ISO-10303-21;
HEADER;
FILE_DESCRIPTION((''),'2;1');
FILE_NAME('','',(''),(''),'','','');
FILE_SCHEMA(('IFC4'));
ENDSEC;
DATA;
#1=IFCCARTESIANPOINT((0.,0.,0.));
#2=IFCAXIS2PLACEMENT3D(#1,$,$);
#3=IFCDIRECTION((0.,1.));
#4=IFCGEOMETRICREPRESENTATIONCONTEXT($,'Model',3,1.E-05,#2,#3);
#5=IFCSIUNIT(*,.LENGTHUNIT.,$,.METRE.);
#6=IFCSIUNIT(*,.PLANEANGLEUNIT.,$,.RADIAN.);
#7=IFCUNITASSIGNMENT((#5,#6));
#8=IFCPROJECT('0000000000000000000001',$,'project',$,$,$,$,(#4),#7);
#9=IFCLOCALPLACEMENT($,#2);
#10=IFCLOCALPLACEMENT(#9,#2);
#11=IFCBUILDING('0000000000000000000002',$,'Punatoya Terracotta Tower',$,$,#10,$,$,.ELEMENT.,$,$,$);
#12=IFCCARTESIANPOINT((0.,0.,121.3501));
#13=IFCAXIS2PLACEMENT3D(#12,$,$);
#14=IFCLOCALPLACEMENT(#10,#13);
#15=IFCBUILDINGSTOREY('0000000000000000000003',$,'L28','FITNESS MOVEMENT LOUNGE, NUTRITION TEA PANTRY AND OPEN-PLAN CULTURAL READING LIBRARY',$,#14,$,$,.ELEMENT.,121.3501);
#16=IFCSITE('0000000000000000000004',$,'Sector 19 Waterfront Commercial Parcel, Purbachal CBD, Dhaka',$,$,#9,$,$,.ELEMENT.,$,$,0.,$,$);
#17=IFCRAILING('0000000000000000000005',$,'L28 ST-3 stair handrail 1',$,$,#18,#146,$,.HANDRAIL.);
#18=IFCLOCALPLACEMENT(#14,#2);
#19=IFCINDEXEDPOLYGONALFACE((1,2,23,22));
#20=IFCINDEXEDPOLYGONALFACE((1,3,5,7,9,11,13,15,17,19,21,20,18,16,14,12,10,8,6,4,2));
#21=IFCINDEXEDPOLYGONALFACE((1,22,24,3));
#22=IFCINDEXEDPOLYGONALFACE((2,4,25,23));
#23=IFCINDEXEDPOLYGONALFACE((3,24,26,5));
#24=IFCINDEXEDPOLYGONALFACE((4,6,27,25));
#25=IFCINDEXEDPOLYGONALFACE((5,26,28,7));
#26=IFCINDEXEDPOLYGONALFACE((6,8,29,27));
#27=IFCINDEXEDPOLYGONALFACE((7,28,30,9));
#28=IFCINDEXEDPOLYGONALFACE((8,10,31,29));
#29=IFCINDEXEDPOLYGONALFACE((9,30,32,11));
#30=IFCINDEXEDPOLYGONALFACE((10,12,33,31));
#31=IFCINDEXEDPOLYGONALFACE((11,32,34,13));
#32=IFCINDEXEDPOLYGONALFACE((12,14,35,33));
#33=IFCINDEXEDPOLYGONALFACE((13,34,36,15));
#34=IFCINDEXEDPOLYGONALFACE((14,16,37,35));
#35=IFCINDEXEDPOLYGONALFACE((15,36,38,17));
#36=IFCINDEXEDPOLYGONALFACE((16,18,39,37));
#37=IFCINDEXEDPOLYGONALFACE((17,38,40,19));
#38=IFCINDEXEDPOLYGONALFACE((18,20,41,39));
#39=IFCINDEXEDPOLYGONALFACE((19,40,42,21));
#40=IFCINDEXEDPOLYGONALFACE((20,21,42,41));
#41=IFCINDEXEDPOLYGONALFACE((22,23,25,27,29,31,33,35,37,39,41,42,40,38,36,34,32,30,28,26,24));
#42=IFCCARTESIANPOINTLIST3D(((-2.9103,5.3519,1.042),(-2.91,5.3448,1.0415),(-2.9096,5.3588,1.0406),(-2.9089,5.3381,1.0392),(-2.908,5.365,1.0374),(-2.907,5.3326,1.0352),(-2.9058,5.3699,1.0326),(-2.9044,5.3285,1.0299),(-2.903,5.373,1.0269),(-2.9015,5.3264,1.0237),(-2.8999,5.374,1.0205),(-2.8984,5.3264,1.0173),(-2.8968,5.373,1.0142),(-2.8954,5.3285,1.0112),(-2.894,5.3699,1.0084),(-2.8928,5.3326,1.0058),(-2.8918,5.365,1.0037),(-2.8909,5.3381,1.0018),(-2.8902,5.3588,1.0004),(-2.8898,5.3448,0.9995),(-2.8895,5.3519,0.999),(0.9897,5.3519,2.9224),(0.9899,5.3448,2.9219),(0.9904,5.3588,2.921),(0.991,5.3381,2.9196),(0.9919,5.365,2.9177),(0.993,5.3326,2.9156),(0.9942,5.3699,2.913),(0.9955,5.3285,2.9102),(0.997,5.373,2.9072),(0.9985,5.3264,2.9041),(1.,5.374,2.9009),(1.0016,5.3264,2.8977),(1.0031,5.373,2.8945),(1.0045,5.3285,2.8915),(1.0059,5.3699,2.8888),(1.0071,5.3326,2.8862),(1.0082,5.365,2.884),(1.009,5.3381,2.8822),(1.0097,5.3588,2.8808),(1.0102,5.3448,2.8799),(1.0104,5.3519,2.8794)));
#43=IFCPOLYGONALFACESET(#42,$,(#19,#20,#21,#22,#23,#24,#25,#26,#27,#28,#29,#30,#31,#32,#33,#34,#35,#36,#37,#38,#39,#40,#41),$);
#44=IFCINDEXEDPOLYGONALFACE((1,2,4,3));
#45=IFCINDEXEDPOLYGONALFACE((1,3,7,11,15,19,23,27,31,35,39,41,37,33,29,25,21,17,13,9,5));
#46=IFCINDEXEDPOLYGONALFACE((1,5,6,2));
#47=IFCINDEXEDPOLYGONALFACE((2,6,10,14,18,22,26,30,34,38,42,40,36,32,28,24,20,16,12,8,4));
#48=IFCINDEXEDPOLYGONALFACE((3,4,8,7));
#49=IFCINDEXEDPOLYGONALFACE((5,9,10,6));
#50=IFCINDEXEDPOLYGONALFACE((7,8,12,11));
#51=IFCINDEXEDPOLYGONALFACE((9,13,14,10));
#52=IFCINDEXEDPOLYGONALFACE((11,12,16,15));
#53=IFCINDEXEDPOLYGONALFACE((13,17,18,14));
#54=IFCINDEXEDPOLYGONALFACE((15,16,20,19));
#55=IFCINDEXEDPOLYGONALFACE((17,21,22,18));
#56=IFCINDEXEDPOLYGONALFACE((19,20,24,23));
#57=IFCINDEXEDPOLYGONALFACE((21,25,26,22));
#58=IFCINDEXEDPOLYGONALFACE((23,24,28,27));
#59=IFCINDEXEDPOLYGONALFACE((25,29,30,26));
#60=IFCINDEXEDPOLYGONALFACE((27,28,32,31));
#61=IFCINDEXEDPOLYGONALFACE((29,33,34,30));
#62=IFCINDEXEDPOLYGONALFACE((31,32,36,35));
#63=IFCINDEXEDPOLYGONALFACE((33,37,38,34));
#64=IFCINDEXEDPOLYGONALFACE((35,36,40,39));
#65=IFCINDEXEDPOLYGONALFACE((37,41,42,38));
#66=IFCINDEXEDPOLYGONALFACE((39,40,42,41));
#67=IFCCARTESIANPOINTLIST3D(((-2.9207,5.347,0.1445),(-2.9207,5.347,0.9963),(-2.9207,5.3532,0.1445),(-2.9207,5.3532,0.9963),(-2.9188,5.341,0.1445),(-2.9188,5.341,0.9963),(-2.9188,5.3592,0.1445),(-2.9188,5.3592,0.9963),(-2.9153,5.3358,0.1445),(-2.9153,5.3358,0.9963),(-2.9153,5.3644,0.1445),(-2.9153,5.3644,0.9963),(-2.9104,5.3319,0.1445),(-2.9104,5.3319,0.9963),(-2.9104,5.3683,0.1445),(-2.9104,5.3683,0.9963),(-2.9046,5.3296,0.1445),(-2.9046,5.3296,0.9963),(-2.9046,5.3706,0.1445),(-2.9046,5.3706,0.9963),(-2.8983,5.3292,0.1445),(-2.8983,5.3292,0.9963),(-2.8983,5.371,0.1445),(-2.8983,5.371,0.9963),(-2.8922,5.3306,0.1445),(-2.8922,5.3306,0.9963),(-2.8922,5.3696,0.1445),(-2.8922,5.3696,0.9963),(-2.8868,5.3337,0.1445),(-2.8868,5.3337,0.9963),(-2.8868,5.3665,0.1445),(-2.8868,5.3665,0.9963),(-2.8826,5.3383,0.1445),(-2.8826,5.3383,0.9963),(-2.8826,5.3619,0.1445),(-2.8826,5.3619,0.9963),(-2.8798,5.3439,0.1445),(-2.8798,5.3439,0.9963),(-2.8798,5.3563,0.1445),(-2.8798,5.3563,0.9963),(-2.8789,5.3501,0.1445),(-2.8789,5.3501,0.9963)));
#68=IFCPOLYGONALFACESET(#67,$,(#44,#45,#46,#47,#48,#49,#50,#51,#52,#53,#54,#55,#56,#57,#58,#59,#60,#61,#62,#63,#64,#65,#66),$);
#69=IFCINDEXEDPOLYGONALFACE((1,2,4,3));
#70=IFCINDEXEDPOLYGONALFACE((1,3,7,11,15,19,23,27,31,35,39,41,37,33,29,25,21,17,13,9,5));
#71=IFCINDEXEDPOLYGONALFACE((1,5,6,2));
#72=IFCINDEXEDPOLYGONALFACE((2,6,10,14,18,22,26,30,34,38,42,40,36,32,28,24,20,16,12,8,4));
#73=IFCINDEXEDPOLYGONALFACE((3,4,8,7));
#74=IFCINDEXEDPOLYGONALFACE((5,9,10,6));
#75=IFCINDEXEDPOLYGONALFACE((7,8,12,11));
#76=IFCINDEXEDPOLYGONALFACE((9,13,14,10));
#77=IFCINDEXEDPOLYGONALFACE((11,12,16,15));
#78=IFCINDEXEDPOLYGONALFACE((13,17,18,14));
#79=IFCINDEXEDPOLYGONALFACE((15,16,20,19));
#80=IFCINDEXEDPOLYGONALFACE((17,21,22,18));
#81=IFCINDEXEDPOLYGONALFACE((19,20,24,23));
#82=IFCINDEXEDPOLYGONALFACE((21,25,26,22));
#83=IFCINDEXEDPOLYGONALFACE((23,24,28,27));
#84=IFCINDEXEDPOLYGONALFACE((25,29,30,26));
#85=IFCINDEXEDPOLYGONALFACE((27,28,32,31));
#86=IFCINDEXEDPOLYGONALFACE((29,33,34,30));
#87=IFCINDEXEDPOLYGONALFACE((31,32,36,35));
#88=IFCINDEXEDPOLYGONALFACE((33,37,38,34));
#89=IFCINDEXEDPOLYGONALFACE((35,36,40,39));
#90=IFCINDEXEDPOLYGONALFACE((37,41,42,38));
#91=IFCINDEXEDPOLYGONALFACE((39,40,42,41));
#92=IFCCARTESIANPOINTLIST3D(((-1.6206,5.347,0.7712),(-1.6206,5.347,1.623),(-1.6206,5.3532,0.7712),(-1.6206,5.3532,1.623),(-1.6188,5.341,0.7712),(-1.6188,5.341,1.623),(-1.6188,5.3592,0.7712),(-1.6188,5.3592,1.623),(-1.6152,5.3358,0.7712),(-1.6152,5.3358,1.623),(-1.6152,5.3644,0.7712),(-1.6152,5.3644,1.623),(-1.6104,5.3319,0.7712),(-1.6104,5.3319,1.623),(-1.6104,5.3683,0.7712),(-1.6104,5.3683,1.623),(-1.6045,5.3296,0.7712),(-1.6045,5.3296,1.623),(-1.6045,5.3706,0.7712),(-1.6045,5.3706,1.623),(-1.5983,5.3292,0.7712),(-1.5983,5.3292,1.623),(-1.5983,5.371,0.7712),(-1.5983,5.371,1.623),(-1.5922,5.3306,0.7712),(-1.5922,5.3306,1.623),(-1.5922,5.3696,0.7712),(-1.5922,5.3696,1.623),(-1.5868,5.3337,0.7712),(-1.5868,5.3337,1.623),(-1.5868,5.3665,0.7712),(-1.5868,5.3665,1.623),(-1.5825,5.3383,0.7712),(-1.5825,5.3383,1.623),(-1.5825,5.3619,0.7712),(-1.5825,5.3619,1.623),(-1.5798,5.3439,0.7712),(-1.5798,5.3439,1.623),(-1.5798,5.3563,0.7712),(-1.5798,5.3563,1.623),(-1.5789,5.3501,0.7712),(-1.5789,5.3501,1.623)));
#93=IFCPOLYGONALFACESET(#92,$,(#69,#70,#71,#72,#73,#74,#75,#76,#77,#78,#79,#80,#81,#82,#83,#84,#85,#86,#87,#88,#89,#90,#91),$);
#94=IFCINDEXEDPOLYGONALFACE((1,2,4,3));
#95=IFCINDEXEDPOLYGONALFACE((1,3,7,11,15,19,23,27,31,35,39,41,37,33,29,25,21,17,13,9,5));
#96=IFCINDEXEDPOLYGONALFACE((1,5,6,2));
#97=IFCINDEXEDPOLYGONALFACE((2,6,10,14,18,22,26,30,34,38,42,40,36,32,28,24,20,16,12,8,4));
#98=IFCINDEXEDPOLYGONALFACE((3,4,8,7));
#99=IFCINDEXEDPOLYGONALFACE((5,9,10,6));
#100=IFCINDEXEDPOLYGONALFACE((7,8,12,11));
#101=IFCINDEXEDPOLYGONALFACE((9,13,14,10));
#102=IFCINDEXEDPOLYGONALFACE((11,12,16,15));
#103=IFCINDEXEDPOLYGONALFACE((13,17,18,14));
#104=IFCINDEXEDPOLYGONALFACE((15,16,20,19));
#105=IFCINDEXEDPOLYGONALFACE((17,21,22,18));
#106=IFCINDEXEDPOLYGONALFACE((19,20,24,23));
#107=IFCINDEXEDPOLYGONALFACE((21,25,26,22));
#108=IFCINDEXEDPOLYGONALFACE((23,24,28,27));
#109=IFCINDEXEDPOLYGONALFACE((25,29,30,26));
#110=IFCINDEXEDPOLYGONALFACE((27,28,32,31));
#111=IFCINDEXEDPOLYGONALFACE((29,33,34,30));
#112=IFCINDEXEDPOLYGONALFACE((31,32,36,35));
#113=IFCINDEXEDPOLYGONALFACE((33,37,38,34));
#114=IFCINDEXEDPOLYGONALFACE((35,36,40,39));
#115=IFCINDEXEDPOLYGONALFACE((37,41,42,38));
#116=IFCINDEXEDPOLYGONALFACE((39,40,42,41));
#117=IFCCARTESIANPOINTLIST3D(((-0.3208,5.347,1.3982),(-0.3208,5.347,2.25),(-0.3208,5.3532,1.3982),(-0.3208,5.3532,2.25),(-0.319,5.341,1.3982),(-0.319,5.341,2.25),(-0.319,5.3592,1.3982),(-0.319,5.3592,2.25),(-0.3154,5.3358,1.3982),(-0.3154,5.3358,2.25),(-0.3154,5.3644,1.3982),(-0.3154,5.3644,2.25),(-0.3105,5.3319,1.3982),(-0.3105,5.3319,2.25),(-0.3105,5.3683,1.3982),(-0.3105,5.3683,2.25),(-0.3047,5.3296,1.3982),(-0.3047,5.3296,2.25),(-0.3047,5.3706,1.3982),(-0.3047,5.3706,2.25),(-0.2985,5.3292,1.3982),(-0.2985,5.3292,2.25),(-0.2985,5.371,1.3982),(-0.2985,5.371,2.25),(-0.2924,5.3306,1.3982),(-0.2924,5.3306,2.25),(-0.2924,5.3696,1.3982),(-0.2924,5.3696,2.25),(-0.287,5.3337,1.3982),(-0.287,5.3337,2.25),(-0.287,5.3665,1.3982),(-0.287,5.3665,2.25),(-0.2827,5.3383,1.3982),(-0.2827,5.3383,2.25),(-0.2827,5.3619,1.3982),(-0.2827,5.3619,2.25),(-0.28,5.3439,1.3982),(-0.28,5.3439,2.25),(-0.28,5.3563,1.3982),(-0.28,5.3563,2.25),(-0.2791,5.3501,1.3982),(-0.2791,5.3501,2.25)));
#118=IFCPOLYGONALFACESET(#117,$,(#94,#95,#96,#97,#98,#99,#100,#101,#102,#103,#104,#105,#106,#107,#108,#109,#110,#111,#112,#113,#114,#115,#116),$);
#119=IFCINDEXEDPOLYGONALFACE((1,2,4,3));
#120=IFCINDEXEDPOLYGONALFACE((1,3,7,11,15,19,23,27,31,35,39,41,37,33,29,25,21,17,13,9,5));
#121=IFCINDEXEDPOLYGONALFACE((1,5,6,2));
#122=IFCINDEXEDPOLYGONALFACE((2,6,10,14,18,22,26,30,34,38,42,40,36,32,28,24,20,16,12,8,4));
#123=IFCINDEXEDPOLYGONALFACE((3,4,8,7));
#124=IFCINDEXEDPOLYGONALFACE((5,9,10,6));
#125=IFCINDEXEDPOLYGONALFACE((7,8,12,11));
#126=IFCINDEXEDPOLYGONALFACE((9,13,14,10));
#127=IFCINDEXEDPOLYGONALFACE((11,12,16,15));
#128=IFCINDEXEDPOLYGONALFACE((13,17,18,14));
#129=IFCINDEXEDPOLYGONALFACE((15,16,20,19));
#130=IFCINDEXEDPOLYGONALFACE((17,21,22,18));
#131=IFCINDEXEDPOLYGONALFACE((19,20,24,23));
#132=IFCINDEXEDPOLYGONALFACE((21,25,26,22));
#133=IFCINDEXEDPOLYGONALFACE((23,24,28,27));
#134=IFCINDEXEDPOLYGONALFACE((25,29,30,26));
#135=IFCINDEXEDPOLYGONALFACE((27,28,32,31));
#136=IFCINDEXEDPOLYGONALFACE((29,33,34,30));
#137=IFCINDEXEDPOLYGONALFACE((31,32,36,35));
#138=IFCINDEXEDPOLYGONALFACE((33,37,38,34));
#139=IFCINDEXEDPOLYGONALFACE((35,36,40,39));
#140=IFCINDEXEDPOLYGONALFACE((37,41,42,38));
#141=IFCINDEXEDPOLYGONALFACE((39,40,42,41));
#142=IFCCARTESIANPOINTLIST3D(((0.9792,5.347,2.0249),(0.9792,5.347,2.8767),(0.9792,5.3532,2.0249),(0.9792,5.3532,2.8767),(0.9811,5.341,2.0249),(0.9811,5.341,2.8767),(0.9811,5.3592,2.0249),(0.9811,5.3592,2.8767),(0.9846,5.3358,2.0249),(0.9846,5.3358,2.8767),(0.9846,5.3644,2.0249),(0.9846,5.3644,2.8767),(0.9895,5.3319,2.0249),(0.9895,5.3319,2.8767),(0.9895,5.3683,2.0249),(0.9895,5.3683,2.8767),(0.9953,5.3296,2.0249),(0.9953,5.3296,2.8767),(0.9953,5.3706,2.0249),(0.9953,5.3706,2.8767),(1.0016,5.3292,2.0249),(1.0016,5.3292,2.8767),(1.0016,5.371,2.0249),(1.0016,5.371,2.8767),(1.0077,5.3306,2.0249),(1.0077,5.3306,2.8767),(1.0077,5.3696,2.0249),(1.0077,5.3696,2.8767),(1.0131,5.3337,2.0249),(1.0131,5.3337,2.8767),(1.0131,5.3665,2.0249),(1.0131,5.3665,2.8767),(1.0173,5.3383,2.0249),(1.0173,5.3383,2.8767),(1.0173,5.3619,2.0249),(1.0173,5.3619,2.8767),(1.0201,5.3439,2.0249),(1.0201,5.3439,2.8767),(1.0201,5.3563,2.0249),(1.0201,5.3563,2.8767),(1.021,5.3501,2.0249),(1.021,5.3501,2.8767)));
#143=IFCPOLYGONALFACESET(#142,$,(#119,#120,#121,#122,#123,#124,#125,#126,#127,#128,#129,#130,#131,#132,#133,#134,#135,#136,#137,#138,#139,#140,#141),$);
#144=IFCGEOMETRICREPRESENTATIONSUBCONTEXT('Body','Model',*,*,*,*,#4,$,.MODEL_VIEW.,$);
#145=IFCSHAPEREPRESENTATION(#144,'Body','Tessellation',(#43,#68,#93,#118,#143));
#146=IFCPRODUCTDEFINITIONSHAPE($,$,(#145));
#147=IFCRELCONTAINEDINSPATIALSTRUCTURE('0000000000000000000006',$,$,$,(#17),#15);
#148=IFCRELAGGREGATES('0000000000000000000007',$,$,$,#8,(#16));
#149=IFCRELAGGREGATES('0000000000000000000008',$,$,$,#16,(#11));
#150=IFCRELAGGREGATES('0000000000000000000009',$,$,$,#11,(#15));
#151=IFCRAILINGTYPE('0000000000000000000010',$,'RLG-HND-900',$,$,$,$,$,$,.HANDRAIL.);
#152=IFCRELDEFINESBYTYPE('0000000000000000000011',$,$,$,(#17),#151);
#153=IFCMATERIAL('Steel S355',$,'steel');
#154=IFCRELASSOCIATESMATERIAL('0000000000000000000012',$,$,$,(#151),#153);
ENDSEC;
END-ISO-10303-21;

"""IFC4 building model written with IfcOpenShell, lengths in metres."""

from ifc_helpers import new_model, si_unit, direction, frame, origin, origin_2d, place, context, subcontext, project, spatial, circle, extrude, material, type_object, element, save


model = new_model("IFC4")

# Units and contexts
model_context = context("Model", 3, precision=1e-05, world=origin(), true_north=direction((0.0, 1.0)))
body_context = subcontext(model_context, "Body", "Model", "MODEL_VIEW")
ifc_project = project(units=[si_unit("LENGTHUNIT", "METRE"), si_unit("PLANEANGLEUNIT", "RADIAN")], contexts=[model_context])

# Site, building, storey
site_placement = place(None, origin())
site = spatial("IfcSite", under=ifc_project, at=site_placement, Name="Sector 19 Waterfront Commercial Parcel, Purbachal CBD, Dhaka", CompositionType="ELEMENT", RefElevation=0.0)
building_placement = place(site_placement, origin())
building = spatial("IfcBuilding", under=site, at=building_placement, Name="Punatoya Terracotta Tower", CompositionType="ELEMENT")
storey_placement = place(building_placement, frame((0.0, 0.0, 121.3501)))
storey = spatial("IfcBuildingStorey", under=building, at=storey_placement, Name="L28", Description="FITNESS MOVEMENT LOUNGE, NUTRITION TEA PANTRY AND OPEN-PLAN CULTURAL READING LIBRARY", CompositionType="ELEMENT", Elevation=121.3501)

# Shared definitions
ifc_material_1 = material(Name="Steel S355", Category="steel")

# Railing
railing_type_1 = type_object("IfcRailingType", Name="RLG-HND-900", PredefinedType="HANDRAIL", material=ifc_material_1)
railing_1_placement = place(storey_placement, frame((-2.8999, 5.3501, 0.1445)))
element("IfcRailing", 1, at=railing_1_placement, inside=storey, type_object=railing_type_1, Name="L28 ST-3 stair handrail 1", PredefinedType="HANDRAIL", context=body_context, shape_type="SweptSolid", body=[
    extrude(circle(Radius=0.0239, at=origin_2d()), frame((0.0, 0.0, 0.876), z_axis=(0.900763, 0.0, 0.434311), x_axis=(0.0, 1.0, 0.0)), (0.0, 0.0, 1.0), 4.3296),
    extrude(circle(Radius=0.021, at=origin_2d()), origin(), (0.0, 0.0, 1.0), 0.8518),
    extrude(circle(Radius=0.021, at=origin_2d()), frame((1.3, 0.0, 0.6267)), (0.0, 0.0, 1.0), 0.8518),
    extrude(circle(Radius=0.021, at=origin_2d()), frame((2.5999, 0.0, 1.2537)), (0.0, 0.0, 1.0), 0.8518),
    extrude(circle(Radius=0.021, at=origin_2d()), frame((3.8999, 0.0, 1.8804)), (0.0, 0.0, 1.0), 0.8518),
])

save(model, "model.ifc")
